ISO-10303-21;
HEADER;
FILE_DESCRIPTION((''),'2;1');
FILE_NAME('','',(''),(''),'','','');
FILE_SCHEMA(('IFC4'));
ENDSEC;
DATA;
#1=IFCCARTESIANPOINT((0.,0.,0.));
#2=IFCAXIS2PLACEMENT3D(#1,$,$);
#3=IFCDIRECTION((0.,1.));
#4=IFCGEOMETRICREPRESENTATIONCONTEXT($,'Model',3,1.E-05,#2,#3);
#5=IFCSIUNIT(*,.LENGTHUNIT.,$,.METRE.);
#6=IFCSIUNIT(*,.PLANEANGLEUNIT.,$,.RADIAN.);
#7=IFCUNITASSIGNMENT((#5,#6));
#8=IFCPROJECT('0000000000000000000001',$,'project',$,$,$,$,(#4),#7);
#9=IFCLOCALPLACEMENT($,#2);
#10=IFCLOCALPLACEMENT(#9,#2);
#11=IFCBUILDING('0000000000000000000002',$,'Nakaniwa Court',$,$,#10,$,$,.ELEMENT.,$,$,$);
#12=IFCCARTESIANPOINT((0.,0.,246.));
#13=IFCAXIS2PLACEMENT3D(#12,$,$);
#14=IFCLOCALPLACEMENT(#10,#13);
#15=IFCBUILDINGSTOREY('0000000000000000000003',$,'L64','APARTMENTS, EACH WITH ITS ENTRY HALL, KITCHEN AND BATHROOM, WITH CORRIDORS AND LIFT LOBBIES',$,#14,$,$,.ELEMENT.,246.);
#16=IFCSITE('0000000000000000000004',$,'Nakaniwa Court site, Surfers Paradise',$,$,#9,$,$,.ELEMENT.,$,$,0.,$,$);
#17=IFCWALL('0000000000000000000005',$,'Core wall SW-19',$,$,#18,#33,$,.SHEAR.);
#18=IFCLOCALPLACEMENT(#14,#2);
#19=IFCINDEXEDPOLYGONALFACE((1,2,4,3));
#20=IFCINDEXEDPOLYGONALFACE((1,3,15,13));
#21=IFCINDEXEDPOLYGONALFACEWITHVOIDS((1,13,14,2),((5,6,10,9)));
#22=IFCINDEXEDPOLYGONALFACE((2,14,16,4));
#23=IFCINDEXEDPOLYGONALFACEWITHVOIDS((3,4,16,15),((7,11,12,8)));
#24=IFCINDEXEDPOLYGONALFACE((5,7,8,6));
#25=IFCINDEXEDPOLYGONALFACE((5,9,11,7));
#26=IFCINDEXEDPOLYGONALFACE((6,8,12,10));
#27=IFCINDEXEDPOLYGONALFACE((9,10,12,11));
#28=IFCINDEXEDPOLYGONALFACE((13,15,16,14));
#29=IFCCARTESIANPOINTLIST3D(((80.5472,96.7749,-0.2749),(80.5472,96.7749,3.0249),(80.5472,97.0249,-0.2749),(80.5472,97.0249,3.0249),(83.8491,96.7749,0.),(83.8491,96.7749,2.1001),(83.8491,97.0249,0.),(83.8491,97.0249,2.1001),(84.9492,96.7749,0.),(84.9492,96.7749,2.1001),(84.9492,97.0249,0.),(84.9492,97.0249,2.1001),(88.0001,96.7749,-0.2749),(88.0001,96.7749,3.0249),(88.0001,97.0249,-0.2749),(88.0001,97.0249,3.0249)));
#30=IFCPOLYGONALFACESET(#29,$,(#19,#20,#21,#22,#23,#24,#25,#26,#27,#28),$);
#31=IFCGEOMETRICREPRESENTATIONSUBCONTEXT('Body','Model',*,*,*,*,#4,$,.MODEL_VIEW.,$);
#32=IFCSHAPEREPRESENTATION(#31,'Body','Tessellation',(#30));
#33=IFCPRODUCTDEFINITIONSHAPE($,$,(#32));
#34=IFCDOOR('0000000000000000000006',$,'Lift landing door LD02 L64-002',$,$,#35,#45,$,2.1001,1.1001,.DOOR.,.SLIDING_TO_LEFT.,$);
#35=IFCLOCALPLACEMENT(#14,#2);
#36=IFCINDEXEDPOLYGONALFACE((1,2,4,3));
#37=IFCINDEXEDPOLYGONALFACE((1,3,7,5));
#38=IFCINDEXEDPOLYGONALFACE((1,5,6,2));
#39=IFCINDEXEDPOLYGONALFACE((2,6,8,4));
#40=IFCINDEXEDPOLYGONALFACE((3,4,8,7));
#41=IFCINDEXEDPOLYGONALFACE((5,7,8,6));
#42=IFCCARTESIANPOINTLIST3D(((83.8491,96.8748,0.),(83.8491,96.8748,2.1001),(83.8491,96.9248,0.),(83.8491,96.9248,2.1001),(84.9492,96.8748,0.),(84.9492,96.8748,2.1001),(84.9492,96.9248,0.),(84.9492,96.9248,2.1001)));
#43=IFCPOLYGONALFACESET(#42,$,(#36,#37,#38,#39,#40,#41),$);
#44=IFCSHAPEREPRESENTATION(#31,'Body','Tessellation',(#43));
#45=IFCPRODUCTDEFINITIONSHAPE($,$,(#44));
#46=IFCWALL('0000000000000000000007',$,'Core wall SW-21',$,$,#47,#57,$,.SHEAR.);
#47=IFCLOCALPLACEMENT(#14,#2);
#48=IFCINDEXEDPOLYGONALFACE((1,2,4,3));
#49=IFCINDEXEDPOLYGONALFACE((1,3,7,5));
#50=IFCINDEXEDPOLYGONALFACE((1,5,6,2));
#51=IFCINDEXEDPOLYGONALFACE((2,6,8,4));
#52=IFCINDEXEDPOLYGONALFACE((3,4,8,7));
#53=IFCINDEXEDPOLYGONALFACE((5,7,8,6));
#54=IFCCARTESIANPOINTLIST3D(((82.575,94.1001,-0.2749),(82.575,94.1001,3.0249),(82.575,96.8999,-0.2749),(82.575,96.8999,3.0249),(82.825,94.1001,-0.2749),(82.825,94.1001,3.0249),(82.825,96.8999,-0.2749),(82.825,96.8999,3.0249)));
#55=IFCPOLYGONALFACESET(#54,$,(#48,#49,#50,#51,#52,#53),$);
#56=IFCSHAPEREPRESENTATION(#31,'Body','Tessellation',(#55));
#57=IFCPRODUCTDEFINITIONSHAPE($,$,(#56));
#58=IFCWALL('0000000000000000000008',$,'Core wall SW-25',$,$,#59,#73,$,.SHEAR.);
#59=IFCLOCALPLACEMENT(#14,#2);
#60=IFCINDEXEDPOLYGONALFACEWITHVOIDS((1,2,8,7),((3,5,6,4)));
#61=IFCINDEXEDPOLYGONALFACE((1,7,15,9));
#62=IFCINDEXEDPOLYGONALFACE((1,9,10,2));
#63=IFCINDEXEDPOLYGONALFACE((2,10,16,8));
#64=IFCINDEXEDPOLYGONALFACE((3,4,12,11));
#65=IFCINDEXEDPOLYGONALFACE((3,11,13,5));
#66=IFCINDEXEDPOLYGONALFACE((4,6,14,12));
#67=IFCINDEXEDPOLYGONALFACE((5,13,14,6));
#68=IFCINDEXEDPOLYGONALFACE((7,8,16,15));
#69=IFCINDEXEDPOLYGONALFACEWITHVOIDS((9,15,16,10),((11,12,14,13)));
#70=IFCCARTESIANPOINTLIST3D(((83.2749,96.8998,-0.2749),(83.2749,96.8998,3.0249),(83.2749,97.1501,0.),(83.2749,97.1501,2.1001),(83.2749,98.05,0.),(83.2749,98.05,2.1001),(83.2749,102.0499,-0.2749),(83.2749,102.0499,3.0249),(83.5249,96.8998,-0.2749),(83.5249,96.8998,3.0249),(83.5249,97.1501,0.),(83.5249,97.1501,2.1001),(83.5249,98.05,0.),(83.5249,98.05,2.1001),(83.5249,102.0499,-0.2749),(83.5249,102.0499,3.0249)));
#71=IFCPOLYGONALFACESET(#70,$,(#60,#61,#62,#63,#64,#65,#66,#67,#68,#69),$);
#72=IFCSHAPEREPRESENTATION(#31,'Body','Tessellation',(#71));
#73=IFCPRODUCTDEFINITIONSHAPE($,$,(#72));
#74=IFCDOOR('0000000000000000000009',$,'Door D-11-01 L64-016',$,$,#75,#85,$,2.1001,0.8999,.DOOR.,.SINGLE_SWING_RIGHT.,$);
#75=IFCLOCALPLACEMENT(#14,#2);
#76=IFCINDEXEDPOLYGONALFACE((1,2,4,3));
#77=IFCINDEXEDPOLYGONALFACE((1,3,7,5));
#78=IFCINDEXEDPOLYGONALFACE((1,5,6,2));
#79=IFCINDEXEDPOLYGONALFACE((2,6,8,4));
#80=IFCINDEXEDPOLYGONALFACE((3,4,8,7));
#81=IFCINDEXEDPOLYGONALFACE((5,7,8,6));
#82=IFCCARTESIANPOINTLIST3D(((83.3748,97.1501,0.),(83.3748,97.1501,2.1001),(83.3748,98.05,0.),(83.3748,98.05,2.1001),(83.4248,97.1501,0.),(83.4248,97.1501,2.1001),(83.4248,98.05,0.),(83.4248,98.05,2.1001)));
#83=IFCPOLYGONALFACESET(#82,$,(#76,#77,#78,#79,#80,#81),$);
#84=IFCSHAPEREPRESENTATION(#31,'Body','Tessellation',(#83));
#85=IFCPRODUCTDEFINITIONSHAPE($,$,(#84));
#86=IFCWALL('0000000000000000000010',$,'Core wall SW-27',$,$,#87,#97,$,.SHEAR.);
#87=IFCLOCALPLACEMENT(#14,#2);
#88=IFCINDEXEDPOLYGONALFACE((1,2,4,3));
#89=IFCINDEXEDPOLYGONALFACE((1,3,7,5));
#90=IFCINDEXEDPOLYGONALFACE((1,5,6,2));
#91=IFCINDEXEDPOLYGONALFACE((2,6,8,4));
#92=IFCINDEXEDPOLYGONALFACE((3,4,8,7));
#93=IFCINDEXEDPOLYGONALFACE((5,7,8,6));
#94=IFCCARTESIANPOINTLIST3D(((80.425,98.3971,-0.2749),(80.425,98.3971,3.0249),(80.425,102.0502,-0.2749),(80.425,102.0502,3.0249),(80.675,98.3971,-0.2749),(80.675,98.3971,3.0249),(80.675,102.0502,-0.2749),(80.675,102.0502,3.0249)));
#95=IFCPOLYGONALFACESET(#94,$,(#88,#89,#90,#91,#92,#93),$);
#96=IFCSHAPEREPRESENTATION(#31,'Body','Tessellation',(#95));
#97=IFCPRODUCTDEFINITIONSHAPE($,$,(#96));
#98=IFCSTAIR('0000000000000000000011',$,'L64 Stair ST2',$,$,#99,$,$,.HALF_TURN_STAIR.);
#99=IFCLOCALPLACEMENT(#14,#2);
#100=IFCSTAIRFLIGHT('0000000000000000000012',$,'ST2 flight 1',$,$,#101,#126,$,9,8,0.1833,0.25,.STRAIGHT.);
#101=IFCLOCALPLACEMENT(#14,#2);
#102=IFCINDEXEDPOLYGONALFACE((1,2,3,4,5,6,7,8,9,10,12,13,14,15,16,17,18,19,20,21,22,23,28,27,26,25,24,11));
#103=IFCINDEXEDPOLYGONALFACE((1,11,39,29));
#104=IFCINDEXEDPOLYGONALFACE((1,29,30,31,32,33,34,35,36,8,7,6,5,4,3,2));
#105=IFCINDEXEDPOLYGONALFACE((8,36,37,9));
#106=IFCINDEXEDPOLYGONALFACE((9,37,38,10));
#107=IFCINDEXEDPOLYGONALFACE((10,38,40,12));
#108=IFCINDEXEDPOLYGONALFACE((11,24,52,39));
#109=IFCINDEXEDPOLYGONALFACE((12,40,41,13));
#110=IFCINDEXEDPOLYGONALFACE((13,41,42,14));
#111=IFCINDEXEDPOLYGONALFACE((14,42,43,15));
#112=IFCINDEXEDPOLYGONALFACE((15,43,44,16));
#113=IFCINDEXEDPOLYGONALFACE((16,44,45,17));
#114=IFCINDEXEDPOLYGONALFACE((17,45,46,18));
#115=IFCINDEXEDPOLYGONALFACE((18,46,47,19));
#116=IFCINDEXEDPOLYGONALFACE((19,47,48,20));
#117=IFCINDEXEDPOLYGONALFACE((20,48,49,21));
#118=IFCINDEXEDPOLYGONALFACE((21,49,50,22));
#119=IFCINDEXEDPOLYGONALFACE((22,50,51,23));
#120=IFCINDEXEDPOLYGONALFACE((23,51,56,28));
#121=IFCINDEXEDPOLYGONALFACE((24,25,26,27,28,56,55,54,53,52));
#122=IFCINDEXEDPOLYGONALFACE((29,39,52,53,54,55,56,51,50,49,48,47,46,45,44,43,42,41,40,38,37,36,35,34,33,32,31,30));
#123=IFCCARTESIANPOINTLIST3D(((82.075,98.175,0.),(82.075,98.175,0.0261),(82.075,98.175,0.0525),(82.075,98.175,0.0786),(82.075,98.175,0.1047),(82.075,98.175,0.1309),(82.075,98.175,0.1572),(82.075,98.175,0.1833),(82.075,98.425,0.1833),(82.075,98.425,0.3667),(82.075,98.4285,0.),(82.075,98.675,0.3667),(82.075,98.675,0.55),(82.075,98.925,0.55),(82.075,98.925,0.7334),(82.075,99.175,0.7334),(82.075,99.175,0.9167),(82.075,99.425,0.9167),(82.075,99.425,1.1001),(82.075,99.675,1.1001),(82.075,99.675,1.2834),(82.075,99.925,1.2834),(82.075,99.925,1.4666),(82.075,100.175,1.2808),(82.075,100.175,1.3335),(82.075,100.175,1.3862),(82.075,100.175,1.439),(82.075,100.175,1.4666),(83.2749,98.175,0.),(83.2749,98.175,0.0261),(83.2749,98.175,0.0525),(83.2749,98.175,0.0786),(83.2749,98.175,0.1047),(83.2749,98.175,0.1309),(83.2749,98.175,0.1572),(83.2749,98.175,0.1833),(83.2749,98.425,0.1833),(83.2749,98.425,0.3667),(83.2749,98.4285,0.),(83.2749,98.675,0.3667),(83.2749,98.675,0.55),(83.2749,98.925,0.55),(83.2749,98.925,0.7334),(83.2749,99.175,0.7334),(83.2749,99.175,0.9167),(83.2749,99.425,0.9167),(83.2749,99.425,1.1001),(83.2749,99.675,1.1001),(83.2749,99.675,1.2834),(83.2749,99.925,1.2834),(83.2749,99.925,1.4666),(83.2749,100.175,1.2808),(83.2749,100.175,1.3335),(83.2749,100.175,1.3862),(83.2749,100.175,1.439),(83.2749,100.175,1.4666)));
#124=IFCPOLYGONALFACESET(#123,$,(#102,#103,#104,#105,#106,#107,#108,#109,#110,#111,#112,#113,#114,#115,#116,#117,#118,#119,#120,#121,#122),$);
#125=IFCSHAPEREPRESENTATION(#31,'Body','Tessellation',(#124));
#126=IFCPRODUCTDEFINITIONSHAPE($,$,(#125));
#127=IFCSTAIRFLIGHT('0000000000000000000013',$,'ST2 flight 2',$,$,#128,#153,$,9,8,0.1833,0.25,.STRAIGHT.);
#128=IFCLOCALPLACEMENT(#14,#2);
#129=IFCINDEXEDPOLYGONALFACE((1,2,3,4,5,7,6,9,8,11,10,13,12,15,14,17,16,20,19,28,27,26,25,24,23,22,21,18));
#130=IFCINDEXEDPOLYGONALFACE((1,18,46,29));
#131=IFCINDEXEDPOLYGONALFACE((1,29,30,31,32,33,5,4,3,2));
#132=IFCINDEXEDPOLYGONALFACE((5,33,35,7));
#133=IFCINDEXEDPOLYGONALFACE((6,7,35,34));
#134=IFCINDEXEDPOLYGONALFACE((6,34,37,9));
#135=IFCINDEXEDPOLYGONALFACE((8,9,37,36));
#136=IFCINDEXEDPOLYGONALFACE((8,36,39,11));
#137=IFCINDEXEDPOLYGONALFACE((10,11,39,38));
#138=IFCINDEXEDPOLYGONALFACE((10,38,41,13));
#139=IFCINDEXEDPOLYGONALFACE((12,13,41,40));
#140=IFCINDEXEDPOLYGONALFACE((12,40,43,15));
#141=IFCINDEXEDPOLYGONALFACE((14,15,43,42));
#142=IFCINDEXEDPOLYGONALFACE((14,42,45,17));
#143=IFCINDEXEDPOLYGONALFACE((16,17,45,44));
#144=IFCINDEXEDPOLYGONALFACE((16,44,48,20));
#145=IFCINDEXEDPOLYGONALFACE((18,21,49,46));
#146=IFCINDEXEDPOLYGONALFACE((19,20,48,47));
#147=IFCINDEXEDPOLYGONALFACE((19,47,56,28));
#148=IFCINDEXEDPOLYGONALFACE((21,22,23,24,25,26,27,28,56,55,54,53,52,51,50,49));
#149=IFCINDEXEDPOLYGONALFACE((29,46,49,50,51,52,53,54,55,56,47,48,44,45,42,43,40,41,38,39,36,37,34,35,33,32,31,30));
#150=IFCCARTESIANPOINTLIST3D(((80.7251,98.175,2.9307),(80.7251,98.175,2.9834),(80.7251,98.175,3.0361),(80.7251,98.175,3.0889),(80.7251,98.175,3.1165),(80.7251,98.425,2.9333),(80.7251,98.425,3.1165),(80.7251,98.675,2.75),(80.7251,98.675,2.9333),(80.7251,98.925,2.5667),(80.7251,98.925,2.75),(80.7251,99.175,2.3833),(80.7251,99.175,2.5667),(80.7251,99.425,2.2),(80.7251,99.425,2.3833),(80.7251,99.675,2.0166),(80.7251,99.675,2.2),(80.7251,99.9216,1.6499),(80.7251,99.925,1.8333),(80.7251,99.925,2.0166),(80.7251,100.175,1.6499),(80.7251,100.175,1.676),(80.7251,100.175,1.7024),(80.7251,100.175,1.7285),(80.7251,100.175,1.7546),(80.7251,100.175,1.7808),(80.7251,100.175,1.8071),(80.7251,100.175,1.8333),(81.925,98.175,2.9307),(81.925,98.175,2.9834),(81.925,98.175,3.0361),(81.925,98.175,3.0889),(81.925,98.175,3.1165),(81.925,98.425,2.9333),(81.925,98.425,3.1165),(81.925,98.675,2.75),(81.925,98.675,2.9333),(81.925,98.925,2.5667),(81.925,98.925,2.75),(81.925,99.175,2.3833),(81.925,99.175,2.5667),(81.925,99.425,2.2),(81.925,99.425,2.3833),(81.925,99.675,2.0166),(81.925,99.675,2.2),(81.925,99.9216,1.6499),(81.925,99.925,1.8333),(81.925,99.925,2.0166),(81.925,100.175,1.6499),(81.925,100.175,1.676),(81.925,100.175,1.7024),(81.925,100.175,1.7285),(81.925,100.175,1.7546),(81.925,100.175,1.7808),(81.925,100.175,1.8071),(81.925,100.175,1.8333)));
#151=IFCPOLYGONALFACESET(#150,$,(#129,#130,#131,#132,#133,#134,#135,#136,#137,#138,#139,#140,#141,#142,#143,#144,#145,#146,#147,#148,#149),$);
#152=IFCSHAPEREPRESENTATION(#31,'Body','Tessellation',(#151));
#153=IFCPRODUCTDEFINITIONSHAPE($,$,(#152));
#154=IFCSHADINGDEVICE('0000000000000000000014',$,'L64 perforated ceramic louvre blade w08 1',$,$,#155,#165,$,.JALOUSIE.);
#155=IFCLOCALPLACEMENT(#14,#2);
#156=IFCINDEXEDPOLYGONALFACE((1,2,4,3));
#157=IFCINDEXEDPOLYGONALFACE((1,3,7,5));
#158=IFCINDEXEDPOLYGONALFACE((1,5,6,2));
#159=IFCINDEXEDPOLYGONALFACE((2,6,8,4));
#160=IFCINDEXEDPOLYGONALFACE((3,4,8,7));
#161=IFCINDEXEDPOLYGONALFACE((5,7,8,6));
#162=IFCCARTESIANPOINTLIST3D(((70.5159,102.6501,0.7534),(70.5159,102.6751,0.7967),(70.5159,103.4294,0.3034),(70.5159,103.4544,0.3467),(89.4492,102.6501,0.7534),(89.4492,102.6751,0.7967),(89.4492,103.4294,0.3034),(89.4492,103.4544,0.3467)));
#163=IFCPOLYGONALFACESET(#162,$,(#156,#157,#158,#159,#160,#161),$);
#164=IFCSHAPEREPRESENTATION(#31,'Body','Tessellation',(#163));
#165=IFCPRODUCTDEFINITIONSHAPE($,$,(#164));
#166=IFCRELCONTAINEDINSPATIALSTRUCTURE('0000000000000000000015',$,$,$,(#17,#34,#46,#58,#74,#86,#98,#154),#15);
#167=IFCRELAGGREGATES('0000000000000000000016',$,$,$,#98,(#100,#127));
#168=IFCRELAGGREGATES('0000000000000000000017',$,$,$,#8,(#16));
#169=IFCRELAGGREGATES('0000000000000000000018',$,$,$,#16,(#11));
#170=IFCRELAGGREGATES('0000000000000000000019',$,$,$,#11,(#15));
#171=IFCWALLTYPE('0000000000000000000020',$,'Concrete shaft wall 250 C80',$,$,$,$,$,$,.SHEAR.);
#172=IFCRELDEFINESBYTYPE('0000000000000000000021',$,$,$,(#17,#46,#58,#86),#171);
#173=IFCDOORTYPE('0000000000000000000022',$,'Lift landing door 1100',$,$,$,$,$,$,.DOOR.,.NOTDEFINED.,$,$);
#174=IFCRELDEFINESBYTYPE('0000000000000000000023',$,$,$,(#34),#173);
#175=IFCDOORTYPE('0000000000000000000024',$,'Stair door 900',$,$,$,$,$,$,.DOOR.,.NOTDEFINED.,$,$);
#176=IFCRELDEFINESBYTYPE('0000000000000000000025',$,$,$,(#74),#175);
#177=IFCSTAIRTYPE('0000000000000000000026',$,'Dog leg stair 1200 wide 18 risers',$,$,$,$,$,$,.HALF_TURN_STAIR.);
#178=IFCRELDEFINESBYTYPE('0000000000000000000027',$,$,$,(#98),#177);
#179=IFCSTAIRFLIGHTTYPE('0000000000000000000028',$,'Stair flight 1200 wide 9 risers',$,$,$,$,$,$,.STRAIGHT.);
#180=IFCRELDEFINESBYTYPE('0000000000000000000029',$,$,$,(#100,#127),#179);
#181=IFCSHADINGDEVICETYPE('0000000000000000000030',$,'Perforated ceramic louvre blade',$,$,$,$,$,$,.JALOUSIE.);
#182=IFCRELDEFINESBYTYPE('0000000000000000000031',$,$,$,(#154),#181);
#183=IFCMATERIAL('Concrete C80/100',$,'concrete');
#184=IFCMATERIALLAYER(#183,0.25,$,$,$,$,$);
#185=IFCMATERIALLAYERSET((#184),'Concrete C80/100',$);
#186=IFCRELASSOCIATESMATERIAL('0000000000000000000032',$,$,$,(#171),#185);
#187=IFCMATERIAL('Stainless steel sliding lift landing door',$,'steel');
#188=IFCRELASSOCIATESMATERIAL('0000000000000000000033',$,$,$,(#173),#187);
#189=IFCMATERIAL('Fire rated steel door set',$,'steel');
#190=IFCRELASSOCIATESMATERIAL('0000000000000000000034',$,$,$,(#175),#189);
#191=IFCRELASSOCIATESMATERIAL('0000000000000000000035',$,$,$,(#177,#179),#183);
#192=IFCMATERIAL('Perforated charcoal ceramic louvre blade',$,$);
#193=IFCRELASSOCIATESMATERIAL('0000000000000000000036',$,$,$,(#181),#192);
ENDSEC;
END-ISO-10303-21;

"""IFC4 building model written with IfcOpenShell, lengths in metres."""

from ifc_helpers import new_model, si_unit, direction, frame, frame_2d, origin, origin_2d, place, context, subcontext, project, spatial, polyline, rectangle, outline, extrude, material, layer, layer_set, material_profile, profile_set, type_object, element, fill, aggregate, save


model = new_model("IFC4")

# Units and contexts
model_context = context("Model", 3, precision=1e-05, world=origin(), true_north=direction((0.0, 1.0)))
body_context = subcontext(model_context, "Body", "Model", "MODEL_VIEW")
ifc_project = project(units=[si_unit("LENGTHUNIT", "METRE"), si_unit("PLANEANGLEUNIT", "RADIAN")], contexts=[model_context])

# Site, building, storey
site_placement = place(None, origin())
site = spatial("IfcSite", under=ifc_project, at=site_placement, Name="Nakaniwa Court site, Surfers Paradise", CompositionType="ELEMENT", RefElevation=0.0)
building_placement = place(site_placement, origin())
building = spatial("IfcBuilding", under=site, at=building_placement, Name="Nakaniwa Court", CompositionType="ELEMENT")
storey_placement = place(building_placement, frame((0.0, 0.0, 246.0)))
storey = spatial("IfcBuildingStorey", under=building, at=storey_placement, Name="L64", Description="APARTMENTS, EACH WITH ITS ENTRY HALL, KITCHEN AND BATHROOM, WITH CORRIDORS AND LIFT LOBBIES", CompositionType="ELEMENT", Elevation=246.0)

# Shared definitions
ifc_material_1 = material(Name="Fire rated steel door set", Category="steel")

# Shared definitions
ifc_material_2 = material(Name="Concrete C80/100", Category="concrete")

# Shared definitions
ifc_layer_1 = layer(ifc_material_2, 0.25)
ifc_layer_set_1 = layer_set([ifc_layer_1], Name="Concrete C80/100")
wall_type_1 = type_object("IfcWallType", Name="Concrete shaft wall 250 C80", PredefinedType="SHEAR", material=ifc_layer_set_1)

# Wall, opening, door
wall_1_placement = place(storey_placement, frame((80.5471, 96.8999, -0.2749), z_axis=(0.0, 0.0, 1.0), x_axis=(1.0, 0.0, 0.0)))
wall_1 = element("IfcWall", 1, at=wall_1_placement, inside=storey, type_object=wall_type_1, Name="Core wall SW-19", PredefinedType="SHEAR", context=body_context, shape_type="SweptSolid", body=[
    extrude(rectangle(XDim=7.4529, YDim=0.25, at=frame_2d((3.7266, 0.0))), origin(), (0.0, 0.0, 1.0), 3.2998),
])
opening_1_placement = place(wall_1_placement, frame((3.302, 0.0, 0.2749)))
opening_1 = element("IfcOpeningElement", 2, at=opening_1_placement, cuts=wall_1, PredefinedType="OPENING", context=body_context, shape_type="SweptSolid", body=[
    extrude(rectangle(XDim=1.1001, YDim=2.1001, at=frame_2d((0.55, 1.05))), frame((0.0, 0.135, 0.0), z_axis=(0.0, -1.0, 0.0), x_axis=(1.0, 0.0, 0.0)), (0.0, 0.0, 1.0), 0.27),
])
ifc_material_3 = material(Name="Stainless steel sliding lift landing door", Category="steel")
door_type_1 = type_object("IfcDoorType", Name="Lift landing door 1100", OperationType="NOTDEFINED", PredefinedType="DOOR", material=ifc_material_3)
door_1_placement = place(opening_1_placement, origin())
door_1 = element("IfcDoor", 3, at=door_1_placement, inside=storey, type_object=door_type_1, Name="Lift landing door LD02 L64-002", OperationType="SLIDING_TO_LEFT", OverallHeight=2.1001, OverallWidth=1.1001, PredefinedType="DOOR", context=body_context, shape_type="SweptSolid", body=[
    extrude(rectangle(XDim=1.1001, YDim=2.1001, at=frame_2d((0.55, 1.05))), frame((0.0, 0.0249, 0.0), z_axis=(0.0, -1.0, 0.0), x_axis=(1.0, 0.0, 0.0)), (0.0, 0.0, 1.0), 0.05),
])
fill(opening_1, door_1)

# Wall
wall_2_placement = place(storey_placement, frame((82.7, 94.1001, -0.2749), z_axis=(0.0, 0.0, 1.0), x_axis=(0.0, 1.0, 0.0)))
element("IfcWall", 4, at=wall_2_placement, inside=storey, type_object=wall_type_1, Name="Core wall SW-21", PredefinedType="SHEAR", context=body_context, shape_type="SweptSolid", body=[
    extrude(rectangle(XDim=2.7998, YDim=0.25, at=frame_2d((1.3999, 0.0))), origin(), (0.0, 0.0, 1.0), 3.2998),
])

# Wall, opening, door
wall_3_placement = place(storey_placement, frame((83.3999, 102.05, -0.2749), z_axis=(0.0, 0.0, 1.0), x_axis=(0.0, -1.0, 0.0)))
wall_3 = element("IfcWall", 5, at=wall_3_placement, inside=storey, type_object=wall_type_1, Name="Core wall SW-25", PredefinedType="SHEAR", context=body_context, shape_type="SweptSolid", body=[
    extrude(rectangle(XDim=5.1501, YDim=0.25, at=frame_2d((2.5752, 0.0))), origin(), (0.0, 0.0, 1.0), 3.2998),
])
opening_2_placement = place(wall_3_placement, frame((4.0, 0.0, 0.2749)))
opening_2 = element("IfcOpeningElement", 6, at=opening_2_placement, cuts=wall_3, PredefinedType="OPENING", context=body_context, shape_type="SweptSolid", body=[
    extrude(rectangle(XDim=0.8999, YDim=2.1001, at=frame_2d((0.45, 1.05))), frame((0.0, 0.135, 0.0), z_axis=(0.0, -1.0, 0.0), x_axis=(1.0, 0.0, 0.0)), (0.0, 0.0, 1.0), 0.27),
])
door_type_2 = type_object("IfcDoorType", Name="Stair door 900", OperationType="NOTDEFINED", PredefinedType="DOOR", material=ifc_material_1)
door_2_placement = place(opening_2_placement, origin())
door_2 = element("IfcDoor", 7, at=door_2_placement, inside=storey, type_object=door_type_2, Name="Door D-11-01 L64-016", OperationType="SINGLE_SWING_RIGHT", OverallHeight=2.1001, OverallWidth=0.8999, PredefinedType="DOOR", context=body_context, shape_type="SweptSolid", body=[
    extrude(rectangle(XDim=0.8999, YDim=2.1001, at=frame_2d((0.45, 1.05))), frame((0.0, 0.0249, 0.0), z_axis=(0.0, -1.0, 0.0), x_axis=(1.0, 0.0, 0.0)), (0.0, 0.0, 1.0), 0.05),
])
fill(opening_2, door_2)

# Wall
wall_4_placement = place(storey_placement, frame((80.55, 98.397, -0.2749), z_axis=(0.0, 0.0, 1.0), x_axis=(0.0, 1.0, 0.0)))
element("IfcWall", 8, at=wall_4_placement, inside=storey, type_object=wall_type_1, Name="Core wall SW-27", PredefinedType="SHEAR", context=body_context, shape_type="SweptSolid", body=[
    extrude(rectangle(XDim=3.6531, YDim=0.25, at=frame_2d((1.8267, 0.0))), origin(), (0.0, 0.0, 1.0), 3.2998),
])

# Stair, stair flights
stair_type = type_object("IfcStairType", Name="Dog leg stair 1200 wide 18 risers", PredefinedType="HALF_TURN_STAIR", material=ifc_material_2)
stair_placement = place(storey_placement, origin())
stair = element("IfcStair", 9, at=stair_placement, inside=storey, type_object=stair_type, Name="L64 Stair ST2", PredefinedType="HALF_TURN_STAIR")
stair_flight_type = type_object("IfcStairFlightType", Name="Stair flight 1200 wide 9 risers", PredefinedType="STRAIGHT", material=ifc_material_2)
stair_flight_1_placement = place(storey_placement, frame((82.675, 98.175, 0.0), z_axis=(0.0, 0.0, 1.0), x_axis=(0.0, 1.0, 0.0)))
stair_flight_1 = element("IfcStairFlight", 10, at=stair_flight_1_placement, type_object=stair_flight_type, Name="ST2 flight 1", NumberOfRisers=9, NumberOfTreads=8, PredefinedType="STRAIGHT", RiserHeight=0.1833, TreadLength=0.25, context=body_context, shape_type="SweptSolid", body=[
    extrude(outline(polyline([(0.0, 0.0), (0.0, 0.0261), (0.0, 0.0525), (0.0, 0.0786), (0.0, 0.1047), (0.0, 0.1309), (0.0, 0.1572), (0.0, 0.1833), (0.25, 0.1833), (0.25, 0.3667), (0.5, 0.3667), (0.5, 0.55), (0.75, 0.55), (0.75, 0.7334), (1.0, 0.7334), (1.0, 0.9167), (1.25, 0.9167), (1.25, 1.1001), (1.5, 1.1001), (1.5, 1.2834), (1.75, 1.2834), (1.75, 1.4666), (2.0, 1.4666), (2.0, 1.6499), (2.0, 1.5972), (2.0, 1.5444), (2.0, 1.4917), (2.0, 1.439), (2.0, 1.3862), (2.0, 1.3335), (2.0, 1.2808), (0.2534, 0.0), (0.0, 0.0)])), frame((0.0, 0.6001, 0.0), z_axis=(0.0, -1.0, 0.0), x_axis=(1.0, 0.0, 0.0)), (0.0, 0.0, 1.0), 1.2),
])
stair_flight_2_placement = place(storey_placement, frame((81.325, 100.175, 1.6499), z_axis=(0.0, 0.0, 1.0), x_axis=(0.0, -1.0, 0.0)))
stair_flight_2 = element("IfcStairFlight", 11, at=stair_flight_2_placement, type_object=stair_flight_type, Name="ST2 flight 2", NumberOfRisers=9, NumberOfTreads=8, PredefinedType="STRAIGHT", RiserHeight=0.1833, TreadLength=0.25, context=body_context, shape_type="SweptSolid", body=[
    extrude(outline(polyline([(0.0, 0.0), (0.0, 0.0261), (0.0, 0.0525), (0.0, 0.0786), (0.0, 0.1047), (0.0, 0.1309), (0.0, 0.1572), (0.0, 0.1833), (0.25, 0.1833), (0.25, 0.3667), (0.5, 0.3667), (0.5, 0.55), (0.75, 0.55), (0.75, 0.7334), (1.0, 0.7334), (1.0, 0.9167), (1.25, 0.9167), (1.25, 1.1001), (1.5, 1.1001), (1.5, 1.2834), (1.75, 1.2834), (1.75, 1.4666), (2.0, 1.4666), (2.0, 1.6499), (2.0, 1.5972), (2.0, 1.5444), (2.0, 1.4917), (2.0, 1.439), (2.0, 1.3862), (2.0, 1.3335), (2.0, 1.2808), (0.2534, 0.0), (0.0, 0.0)])), frame((0.0, 0.6001, 0.0), z_axis=(0.0, -1.0, 0.0), x_axis=(1.0, 0.0, 0.0)), (0.0, 0.0, 1.0), 1.2),
])
aggregate(stair, [stair_flight_1, stair_flight_2])

# Shading device
ifc_material_4 = material(Name="Perforated charcoal ceramic louvre blade")
ifc_material_profile = material_profile(ifc_material_4, rectangle(XDim=0.8999, YDim=0.05, at=origin_2d()), Name="Perforated ceramic louvre blade")
ifc_profile_set = profile_set([ifc_material_profile], Name="Perforated charcoal ceramic louvre blade")
shading_device_type = type_object("IfcShadingDeviceType", Name="Perforated ceramic louvre blade", PredefinedType="JALOUSIE", material=ifc_profile_set)
for number, where, z_axis, x_axis, name in (
    (12, (89.4492, 103.0522, 0.55), (-1.0, 0.0, 0.0), (0.0, -0.866025, 0.5), "L64 perforated ceramic louvre blade w08 1"),
):
    element("IfcShadingDevice", number, at=place(storey_placement, frame(where, z_axis=z_axis, x_axis=x_axis)), inside=storey, type_object=shading_device_type, Name=name, PredefinedType="JALOUSIE", context=body_context, shape_type="SweptSolid", body=[
        extrude(rectangle(XDim=0.8999, YDim=0.05, at=origin_2d()), origin(), (0.0, 0.0, 1.0), 18.9333),
    ])

save(model, "model.ifc")
